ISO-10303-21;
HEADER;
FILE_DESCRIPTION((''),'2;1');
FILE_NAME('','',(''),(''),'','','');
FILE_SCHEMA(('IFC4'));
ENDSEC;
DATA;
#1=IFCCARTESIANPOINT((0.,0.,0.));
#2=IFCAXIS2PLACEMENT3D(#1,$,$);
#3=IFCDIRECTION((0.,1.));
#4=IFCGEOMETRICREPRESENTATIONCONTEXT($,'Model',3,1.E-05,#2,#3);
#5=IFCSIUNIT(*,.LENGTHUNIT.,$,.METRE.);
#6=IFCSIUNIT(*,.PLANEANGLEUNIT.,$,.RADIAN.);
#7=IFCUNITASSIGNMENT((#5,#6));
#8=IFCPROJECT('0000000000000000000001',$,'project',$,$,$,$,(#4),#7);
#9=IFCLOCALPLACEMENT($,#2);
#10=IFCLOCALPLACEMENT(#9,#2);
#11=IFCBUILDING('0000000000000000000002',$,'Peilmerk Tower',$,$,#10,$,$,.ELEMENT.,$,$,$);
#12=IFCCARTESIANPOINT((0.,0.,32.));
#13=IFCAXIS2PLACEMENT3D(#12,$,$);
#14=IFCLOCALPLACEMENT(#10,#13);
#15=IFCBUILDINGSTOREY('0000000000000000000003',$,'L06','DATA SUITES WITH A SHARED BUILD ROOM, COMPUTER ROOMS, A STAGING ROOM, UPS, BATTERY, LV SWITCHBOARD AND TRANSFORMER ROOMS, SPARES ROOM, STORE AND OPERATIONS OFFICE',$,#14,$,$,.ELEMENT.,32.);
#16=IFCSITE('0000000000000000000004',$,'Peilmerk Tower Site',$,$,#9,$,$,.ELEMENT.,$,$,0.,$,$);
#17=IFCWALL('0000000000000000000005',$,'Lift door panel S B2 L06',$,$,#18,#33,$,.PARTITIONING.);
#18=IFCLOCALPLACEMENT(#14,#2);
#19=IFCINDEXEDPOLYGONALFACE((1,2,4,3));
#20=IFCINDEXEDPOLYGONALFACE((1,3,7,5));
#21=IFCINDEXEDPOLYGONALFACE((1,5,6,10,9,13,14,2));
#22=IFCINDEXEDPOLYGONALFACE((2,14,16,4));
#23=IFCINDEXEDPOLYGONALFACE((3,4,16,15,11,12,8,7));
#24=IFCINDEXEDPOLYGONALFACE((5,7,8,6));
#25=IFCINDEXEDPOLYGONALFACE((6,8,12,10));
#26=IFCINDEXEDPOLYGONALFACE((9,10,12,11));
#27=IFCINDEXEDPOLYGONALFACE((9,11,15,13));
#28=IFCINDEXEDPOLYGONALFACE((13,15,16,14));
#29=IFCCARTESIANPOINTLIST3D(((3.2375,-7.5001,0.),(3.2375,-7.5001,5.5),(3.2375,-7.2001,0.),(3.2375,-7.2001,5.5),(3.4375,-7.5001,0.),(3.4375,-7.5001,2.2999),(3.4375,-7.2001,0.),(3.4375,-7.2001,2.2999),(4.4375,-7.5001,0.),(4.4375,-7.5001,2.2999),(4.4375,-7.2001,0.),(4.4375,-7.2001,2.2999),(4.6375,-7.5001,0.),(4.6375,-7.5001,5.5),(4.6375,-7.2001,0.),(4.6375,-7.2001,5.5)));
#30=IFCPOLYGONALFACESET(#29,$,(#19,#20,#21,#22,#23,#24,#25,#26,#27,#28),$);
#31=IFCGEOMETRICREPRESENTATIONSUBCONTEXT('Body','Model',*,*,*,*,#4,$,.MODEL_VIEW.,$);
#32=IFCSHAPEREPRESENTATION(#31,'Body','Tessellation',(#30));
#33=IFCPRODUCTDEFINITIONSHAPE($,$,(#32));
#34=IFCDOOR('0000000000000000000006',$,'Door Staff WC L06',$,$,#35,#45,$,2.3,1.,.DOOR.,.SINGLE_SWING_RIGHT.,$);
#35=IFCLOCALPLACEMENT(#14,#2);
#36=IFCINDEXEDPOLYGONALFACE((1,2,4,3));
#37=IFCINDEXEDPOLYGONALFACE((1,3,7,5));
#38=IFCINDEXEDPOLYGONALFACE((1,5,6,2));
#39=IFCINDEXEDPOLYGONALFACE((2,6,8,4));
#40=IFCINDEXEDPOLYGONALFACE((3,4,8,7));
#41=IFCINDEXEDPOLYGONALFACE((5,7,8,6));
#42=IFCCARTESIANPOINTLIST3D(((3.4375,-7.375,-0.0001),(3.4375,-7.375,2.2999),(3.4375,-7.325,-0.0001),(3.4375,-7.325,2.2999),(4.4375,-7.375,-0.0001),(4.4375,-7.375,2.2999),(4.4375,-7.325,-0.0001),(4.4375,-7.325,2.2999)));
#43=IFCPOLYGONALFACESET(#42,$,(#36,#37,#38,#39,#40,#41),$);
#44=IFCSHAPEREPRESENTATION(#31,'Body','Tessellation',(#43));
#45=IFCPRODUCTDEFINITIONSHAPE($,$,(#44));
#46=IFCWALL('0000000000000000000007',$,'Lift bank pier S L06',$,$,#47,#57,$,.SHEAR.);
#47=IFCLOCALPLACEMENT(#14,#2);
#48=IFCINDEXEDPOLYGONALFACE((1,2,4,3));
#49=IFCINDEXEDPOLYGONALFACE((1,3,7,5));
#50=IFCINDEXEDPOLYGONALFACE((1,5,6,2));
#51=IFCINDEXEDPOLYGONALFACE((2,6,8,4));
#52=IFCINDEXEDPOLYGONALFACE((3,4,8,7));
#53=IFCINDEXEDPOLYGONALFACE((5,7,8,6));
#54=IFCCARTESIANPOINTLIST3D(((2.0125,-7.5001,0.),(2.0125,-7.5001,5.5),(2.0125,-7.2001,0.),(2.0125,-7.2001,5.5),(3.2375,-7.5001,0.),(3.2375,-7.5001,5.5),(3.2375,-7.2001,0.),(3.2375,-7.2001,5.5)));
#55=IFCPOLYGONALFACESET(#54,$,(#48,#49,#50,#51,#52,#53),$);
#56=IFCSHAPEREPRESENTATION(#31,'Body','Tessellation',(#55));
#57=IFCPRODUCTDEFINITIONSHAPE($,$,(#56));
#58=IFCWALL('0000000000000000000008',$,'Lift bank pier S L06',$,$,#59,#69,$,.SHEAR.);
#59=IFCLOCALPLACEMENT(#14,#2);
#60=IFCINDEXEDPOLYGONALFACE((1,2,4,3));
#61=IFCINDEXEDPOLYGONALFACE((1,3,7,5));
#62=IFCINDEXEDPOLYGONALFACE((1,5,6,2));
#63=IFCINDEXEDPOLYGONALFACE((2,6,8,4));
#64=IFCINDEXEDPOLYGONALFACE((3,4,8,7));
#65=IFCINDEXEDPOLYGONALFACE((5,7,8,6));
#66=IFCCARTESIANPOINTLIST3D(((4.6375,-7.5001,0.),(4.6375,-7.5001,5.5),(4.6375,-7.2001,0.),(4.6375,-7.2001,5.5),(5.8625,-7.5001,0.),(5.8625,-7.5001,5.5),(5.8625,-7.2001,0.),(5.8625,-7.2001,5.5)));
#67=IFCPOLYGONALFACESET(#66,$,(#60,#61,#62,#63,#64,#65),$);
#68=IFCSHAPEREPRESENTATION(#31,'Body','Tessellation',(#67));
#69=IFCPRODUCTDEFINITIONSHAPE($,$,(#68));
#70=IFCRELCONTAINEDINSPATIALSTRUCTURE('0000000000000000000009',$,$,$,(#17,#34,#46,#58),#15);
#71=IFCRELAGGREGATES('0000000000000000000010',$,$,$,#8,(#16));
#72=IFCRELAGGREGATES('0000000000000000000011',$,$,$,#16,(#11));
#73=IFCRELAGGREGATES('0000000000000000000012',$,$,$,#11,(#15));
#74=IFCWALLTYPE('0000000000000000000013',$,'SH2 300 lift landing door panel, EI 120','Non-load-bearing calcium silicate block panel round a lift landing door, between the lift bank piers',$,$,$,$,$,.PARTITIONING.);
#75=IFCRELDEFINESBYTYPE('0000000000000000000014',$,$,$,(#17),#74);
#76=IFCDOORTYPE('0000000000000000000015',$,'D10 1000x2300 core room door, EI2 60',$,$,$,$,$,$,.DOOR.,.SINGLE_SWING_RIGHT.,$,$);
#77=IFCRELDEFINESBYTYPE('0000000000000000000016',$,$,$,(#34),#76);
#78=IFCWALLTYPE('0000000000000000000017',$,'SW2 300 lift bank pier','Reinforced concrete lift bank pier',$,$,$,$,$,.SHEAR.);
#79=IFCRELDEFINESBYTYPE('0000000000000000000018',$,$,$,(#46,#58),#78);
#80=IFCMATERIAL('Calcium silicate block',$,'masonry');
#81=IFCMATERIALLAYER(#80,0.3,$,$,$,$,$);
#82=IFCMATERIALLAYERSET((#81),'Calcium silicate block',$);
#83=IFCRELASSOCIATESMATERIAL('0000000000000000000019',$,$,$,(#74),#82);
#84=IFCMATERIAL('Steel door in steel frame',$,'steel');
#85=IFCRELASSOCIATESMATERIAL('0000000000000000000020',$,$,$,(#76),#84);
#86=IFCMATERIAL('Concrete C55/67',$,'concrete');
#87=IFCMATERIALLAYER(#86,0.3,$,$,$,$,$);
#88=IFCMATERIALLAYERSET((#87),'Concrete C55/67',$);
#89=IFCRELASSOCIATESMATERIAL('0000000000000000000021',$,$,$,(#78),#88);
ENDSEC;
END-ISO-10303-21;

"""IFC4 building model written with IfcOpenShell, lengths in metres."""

from ifc_helpers import new_model, si_unit, direction, frame, frame_2d, origin, place, context, subcontext, project, spatial, rectangle, extrude, material, layer, layer_set, type_object, element, fill, save


model = new_model("IFC4")

# Units and contexts
model_context = context("Model", 3, precision=1e-05, world=origin(), true_north=direction((0.0, 1.0)))
body_context = subcontext(model_context, "Body", "Model", "MODEL_VIEW")
ifc_project = project(units=[si_unit("LENGTHUNIT", "METRE"), si_unit("PLANEANGLEUNIT", "RADIAN")], contexts=[model_context])

# Site, building, storey
site_placement = place(None, origin())
site = spatial("IfcSite", under=ifc_project, at=site_placement, Name="Peilmerk Tower Site", CompositionType="ELEMENT", RefElevation=0.0)
building_placement = place(site_placement, origin())
building = spatial("IfcBuilding", under=site, at=building_placement, Name="Peilmerk Tower", CompositionType="ELEMENT")
storey_placement = place(building_placement, frame((0.0, 0.0, 32.0)))
storey = spatial("IfcBuildingStorey", under=building, at=storey_placement, Name="L06", Description="DATA SUITES WITH A SHARED BUILD ROOM, COMPUTER ROOMS, A STAGING ROOM, UPS, BATTERY, LV SWITCHBOARD AND TRANSFORMER ROOMS, SPARES ROOM, STORE AND OPERATIONS OFFICE", CompositionType="ELEMENT", Elevation=32.0)

# Shared definitions
ifc_material_1 = material(Name="Steel door in steel frame", Category="steel")

# Wall, opening, door
ifc_material_2 = material(Name="Calcium silicate block", Category="masonry")
ifc_layer_1 = layer(ifc_material_2, 0.3)
ifc_layer_set_1 = layer_set([ifc_layer_1], Name="Calcium silicate block")
wall_type_1 = type_object("IfcWallType", Name="SH2 300 lift landing door panel, EI 120", Description="Non-load-bearing calcium silicate block panel round a lift landing door, between the lift bank piers", PredefinedType="PARTITIONING", material=ifc_layer_set_1)
door_type_1 = type_object("IfcDoorType", Name="D10 1000x2300 core room door, EI2 60", OperationType="SINGLE_SWING_RIGHT", PredefinedType="DOOR", material=ifc_material_1)
wall_1_placement = place(storey_placement, frame((3.2375, -7.3501, 0.0), z_axis=(0.0, 0.0, 1.0), x_axis=(1.0, 0.0, 0.0)))
wall_1 = element("IfcWall", 1, at=wall_1_placement, inside=storey, type_object=wall_type_1, Name="Lift door panel S B2 L06", PredefinedType="PARTITIONING", context=body_context, shape_type="SweptSolid", body=[
    extrude(rectangle(XDim=1.3999, YDim=0.3, at=frame_2d((0.7, 0.0))), origin(), (0.0, 0.0, 1.0), 5.5),
])
opening_1_placement = place(wall_1_placement, frame((0.2, 0.0, 0.0)))
opening_1 = element("IfcOpeningElement", 2, at=opening_1_placement, cuts=wall_1, PredefinedType="OPENING", context=body_context, shape_type="SweptSolid", body=[
    extrude(rectangle(XDim=1.0, YDim=2.3, at=frame_2d((0.5, 1.1499))), frame((0.0, 0.1599, 0.0), z_axis=(0.0, -1.0, 0.0), x_axis=(1.0, 0.0, 0.0)), (0.0, 0.0, 1.0), 0.3201),
])
door_1_placement = place(opening_1_placement, frame((1.0, 0.0, 0.0), z_axis=(0.0, 0.0, 1.0), x_axis=(-1.0, 0.0, 0.0)))
door_1 = element("IfcDoor", 3, at=door_1_placement, inside=storey, type_object=door_type_1, Name="Door Staff WC L06", OperationType="SINGLE_SWING_RIGHT", OverallHeight=2.3, OverallWidth=1.0, PredefinedType="DOOR", context=body_context, shape_type="SweptSolid", body=[
    extrude(rectangle(XDim=1.0, YDim=2.3, at=frame_2d((0.5, 1.1499))), frame((0.0, 0.0249, 0.0), z_axis=(0.0, -1.0, 0.0), x_axis=(1.0, 0.0, 0.0)), (0.0, 0.0, 1.0), 0.05),
])
fill(opening_1, door_1)

# Walls
ifc_material_3 = material(Name="Concrete C55/67", Category="concrete")
ifc_layer_2 = layer(ifc_material_3, 0.3)
ifc_layer_set_2 = layer_set([ifc_layer_2], Name="Concrete C55/67")
wall_type_2 = type_object("IfcWallType", Name="SW2 300 lift bank pier", Description="Reinforced concrete lift bank pier", PredefinedType="SHEAR", material=ifc_layer_set_2)
for number, where, z_axis, x_axis, name in (
    (4, (2.0125, -7.3501, 0.0), (0.0, 0.0, 1.0), (1.0, 0.0, 0.0), "Lift bank pier S L06"),
    (5, (4.6375, -7.3501, 0.0), (0.0, 0.0, 1.0), (1.0, 0.0, 0.0), "Lift bank pier S L06"),
):
    element("IfcWall", number, at=place(storey_placement, frame(where, z_axis=z_axis, x_axis=x_axis)), inside=storey, type_object=wall_type_2, Name=name, PredefinedType="SHEAR", context=body_context, shape_type="SweptSolid", body=[
        extrude(rectangle(XDim=1.2251, YDim=0.3, at=frame_2d((0.6125, 0.0))), origin(), (0.0, 0.0, 1.0), 5.5),
    ])

save(model, "model.ifc")
